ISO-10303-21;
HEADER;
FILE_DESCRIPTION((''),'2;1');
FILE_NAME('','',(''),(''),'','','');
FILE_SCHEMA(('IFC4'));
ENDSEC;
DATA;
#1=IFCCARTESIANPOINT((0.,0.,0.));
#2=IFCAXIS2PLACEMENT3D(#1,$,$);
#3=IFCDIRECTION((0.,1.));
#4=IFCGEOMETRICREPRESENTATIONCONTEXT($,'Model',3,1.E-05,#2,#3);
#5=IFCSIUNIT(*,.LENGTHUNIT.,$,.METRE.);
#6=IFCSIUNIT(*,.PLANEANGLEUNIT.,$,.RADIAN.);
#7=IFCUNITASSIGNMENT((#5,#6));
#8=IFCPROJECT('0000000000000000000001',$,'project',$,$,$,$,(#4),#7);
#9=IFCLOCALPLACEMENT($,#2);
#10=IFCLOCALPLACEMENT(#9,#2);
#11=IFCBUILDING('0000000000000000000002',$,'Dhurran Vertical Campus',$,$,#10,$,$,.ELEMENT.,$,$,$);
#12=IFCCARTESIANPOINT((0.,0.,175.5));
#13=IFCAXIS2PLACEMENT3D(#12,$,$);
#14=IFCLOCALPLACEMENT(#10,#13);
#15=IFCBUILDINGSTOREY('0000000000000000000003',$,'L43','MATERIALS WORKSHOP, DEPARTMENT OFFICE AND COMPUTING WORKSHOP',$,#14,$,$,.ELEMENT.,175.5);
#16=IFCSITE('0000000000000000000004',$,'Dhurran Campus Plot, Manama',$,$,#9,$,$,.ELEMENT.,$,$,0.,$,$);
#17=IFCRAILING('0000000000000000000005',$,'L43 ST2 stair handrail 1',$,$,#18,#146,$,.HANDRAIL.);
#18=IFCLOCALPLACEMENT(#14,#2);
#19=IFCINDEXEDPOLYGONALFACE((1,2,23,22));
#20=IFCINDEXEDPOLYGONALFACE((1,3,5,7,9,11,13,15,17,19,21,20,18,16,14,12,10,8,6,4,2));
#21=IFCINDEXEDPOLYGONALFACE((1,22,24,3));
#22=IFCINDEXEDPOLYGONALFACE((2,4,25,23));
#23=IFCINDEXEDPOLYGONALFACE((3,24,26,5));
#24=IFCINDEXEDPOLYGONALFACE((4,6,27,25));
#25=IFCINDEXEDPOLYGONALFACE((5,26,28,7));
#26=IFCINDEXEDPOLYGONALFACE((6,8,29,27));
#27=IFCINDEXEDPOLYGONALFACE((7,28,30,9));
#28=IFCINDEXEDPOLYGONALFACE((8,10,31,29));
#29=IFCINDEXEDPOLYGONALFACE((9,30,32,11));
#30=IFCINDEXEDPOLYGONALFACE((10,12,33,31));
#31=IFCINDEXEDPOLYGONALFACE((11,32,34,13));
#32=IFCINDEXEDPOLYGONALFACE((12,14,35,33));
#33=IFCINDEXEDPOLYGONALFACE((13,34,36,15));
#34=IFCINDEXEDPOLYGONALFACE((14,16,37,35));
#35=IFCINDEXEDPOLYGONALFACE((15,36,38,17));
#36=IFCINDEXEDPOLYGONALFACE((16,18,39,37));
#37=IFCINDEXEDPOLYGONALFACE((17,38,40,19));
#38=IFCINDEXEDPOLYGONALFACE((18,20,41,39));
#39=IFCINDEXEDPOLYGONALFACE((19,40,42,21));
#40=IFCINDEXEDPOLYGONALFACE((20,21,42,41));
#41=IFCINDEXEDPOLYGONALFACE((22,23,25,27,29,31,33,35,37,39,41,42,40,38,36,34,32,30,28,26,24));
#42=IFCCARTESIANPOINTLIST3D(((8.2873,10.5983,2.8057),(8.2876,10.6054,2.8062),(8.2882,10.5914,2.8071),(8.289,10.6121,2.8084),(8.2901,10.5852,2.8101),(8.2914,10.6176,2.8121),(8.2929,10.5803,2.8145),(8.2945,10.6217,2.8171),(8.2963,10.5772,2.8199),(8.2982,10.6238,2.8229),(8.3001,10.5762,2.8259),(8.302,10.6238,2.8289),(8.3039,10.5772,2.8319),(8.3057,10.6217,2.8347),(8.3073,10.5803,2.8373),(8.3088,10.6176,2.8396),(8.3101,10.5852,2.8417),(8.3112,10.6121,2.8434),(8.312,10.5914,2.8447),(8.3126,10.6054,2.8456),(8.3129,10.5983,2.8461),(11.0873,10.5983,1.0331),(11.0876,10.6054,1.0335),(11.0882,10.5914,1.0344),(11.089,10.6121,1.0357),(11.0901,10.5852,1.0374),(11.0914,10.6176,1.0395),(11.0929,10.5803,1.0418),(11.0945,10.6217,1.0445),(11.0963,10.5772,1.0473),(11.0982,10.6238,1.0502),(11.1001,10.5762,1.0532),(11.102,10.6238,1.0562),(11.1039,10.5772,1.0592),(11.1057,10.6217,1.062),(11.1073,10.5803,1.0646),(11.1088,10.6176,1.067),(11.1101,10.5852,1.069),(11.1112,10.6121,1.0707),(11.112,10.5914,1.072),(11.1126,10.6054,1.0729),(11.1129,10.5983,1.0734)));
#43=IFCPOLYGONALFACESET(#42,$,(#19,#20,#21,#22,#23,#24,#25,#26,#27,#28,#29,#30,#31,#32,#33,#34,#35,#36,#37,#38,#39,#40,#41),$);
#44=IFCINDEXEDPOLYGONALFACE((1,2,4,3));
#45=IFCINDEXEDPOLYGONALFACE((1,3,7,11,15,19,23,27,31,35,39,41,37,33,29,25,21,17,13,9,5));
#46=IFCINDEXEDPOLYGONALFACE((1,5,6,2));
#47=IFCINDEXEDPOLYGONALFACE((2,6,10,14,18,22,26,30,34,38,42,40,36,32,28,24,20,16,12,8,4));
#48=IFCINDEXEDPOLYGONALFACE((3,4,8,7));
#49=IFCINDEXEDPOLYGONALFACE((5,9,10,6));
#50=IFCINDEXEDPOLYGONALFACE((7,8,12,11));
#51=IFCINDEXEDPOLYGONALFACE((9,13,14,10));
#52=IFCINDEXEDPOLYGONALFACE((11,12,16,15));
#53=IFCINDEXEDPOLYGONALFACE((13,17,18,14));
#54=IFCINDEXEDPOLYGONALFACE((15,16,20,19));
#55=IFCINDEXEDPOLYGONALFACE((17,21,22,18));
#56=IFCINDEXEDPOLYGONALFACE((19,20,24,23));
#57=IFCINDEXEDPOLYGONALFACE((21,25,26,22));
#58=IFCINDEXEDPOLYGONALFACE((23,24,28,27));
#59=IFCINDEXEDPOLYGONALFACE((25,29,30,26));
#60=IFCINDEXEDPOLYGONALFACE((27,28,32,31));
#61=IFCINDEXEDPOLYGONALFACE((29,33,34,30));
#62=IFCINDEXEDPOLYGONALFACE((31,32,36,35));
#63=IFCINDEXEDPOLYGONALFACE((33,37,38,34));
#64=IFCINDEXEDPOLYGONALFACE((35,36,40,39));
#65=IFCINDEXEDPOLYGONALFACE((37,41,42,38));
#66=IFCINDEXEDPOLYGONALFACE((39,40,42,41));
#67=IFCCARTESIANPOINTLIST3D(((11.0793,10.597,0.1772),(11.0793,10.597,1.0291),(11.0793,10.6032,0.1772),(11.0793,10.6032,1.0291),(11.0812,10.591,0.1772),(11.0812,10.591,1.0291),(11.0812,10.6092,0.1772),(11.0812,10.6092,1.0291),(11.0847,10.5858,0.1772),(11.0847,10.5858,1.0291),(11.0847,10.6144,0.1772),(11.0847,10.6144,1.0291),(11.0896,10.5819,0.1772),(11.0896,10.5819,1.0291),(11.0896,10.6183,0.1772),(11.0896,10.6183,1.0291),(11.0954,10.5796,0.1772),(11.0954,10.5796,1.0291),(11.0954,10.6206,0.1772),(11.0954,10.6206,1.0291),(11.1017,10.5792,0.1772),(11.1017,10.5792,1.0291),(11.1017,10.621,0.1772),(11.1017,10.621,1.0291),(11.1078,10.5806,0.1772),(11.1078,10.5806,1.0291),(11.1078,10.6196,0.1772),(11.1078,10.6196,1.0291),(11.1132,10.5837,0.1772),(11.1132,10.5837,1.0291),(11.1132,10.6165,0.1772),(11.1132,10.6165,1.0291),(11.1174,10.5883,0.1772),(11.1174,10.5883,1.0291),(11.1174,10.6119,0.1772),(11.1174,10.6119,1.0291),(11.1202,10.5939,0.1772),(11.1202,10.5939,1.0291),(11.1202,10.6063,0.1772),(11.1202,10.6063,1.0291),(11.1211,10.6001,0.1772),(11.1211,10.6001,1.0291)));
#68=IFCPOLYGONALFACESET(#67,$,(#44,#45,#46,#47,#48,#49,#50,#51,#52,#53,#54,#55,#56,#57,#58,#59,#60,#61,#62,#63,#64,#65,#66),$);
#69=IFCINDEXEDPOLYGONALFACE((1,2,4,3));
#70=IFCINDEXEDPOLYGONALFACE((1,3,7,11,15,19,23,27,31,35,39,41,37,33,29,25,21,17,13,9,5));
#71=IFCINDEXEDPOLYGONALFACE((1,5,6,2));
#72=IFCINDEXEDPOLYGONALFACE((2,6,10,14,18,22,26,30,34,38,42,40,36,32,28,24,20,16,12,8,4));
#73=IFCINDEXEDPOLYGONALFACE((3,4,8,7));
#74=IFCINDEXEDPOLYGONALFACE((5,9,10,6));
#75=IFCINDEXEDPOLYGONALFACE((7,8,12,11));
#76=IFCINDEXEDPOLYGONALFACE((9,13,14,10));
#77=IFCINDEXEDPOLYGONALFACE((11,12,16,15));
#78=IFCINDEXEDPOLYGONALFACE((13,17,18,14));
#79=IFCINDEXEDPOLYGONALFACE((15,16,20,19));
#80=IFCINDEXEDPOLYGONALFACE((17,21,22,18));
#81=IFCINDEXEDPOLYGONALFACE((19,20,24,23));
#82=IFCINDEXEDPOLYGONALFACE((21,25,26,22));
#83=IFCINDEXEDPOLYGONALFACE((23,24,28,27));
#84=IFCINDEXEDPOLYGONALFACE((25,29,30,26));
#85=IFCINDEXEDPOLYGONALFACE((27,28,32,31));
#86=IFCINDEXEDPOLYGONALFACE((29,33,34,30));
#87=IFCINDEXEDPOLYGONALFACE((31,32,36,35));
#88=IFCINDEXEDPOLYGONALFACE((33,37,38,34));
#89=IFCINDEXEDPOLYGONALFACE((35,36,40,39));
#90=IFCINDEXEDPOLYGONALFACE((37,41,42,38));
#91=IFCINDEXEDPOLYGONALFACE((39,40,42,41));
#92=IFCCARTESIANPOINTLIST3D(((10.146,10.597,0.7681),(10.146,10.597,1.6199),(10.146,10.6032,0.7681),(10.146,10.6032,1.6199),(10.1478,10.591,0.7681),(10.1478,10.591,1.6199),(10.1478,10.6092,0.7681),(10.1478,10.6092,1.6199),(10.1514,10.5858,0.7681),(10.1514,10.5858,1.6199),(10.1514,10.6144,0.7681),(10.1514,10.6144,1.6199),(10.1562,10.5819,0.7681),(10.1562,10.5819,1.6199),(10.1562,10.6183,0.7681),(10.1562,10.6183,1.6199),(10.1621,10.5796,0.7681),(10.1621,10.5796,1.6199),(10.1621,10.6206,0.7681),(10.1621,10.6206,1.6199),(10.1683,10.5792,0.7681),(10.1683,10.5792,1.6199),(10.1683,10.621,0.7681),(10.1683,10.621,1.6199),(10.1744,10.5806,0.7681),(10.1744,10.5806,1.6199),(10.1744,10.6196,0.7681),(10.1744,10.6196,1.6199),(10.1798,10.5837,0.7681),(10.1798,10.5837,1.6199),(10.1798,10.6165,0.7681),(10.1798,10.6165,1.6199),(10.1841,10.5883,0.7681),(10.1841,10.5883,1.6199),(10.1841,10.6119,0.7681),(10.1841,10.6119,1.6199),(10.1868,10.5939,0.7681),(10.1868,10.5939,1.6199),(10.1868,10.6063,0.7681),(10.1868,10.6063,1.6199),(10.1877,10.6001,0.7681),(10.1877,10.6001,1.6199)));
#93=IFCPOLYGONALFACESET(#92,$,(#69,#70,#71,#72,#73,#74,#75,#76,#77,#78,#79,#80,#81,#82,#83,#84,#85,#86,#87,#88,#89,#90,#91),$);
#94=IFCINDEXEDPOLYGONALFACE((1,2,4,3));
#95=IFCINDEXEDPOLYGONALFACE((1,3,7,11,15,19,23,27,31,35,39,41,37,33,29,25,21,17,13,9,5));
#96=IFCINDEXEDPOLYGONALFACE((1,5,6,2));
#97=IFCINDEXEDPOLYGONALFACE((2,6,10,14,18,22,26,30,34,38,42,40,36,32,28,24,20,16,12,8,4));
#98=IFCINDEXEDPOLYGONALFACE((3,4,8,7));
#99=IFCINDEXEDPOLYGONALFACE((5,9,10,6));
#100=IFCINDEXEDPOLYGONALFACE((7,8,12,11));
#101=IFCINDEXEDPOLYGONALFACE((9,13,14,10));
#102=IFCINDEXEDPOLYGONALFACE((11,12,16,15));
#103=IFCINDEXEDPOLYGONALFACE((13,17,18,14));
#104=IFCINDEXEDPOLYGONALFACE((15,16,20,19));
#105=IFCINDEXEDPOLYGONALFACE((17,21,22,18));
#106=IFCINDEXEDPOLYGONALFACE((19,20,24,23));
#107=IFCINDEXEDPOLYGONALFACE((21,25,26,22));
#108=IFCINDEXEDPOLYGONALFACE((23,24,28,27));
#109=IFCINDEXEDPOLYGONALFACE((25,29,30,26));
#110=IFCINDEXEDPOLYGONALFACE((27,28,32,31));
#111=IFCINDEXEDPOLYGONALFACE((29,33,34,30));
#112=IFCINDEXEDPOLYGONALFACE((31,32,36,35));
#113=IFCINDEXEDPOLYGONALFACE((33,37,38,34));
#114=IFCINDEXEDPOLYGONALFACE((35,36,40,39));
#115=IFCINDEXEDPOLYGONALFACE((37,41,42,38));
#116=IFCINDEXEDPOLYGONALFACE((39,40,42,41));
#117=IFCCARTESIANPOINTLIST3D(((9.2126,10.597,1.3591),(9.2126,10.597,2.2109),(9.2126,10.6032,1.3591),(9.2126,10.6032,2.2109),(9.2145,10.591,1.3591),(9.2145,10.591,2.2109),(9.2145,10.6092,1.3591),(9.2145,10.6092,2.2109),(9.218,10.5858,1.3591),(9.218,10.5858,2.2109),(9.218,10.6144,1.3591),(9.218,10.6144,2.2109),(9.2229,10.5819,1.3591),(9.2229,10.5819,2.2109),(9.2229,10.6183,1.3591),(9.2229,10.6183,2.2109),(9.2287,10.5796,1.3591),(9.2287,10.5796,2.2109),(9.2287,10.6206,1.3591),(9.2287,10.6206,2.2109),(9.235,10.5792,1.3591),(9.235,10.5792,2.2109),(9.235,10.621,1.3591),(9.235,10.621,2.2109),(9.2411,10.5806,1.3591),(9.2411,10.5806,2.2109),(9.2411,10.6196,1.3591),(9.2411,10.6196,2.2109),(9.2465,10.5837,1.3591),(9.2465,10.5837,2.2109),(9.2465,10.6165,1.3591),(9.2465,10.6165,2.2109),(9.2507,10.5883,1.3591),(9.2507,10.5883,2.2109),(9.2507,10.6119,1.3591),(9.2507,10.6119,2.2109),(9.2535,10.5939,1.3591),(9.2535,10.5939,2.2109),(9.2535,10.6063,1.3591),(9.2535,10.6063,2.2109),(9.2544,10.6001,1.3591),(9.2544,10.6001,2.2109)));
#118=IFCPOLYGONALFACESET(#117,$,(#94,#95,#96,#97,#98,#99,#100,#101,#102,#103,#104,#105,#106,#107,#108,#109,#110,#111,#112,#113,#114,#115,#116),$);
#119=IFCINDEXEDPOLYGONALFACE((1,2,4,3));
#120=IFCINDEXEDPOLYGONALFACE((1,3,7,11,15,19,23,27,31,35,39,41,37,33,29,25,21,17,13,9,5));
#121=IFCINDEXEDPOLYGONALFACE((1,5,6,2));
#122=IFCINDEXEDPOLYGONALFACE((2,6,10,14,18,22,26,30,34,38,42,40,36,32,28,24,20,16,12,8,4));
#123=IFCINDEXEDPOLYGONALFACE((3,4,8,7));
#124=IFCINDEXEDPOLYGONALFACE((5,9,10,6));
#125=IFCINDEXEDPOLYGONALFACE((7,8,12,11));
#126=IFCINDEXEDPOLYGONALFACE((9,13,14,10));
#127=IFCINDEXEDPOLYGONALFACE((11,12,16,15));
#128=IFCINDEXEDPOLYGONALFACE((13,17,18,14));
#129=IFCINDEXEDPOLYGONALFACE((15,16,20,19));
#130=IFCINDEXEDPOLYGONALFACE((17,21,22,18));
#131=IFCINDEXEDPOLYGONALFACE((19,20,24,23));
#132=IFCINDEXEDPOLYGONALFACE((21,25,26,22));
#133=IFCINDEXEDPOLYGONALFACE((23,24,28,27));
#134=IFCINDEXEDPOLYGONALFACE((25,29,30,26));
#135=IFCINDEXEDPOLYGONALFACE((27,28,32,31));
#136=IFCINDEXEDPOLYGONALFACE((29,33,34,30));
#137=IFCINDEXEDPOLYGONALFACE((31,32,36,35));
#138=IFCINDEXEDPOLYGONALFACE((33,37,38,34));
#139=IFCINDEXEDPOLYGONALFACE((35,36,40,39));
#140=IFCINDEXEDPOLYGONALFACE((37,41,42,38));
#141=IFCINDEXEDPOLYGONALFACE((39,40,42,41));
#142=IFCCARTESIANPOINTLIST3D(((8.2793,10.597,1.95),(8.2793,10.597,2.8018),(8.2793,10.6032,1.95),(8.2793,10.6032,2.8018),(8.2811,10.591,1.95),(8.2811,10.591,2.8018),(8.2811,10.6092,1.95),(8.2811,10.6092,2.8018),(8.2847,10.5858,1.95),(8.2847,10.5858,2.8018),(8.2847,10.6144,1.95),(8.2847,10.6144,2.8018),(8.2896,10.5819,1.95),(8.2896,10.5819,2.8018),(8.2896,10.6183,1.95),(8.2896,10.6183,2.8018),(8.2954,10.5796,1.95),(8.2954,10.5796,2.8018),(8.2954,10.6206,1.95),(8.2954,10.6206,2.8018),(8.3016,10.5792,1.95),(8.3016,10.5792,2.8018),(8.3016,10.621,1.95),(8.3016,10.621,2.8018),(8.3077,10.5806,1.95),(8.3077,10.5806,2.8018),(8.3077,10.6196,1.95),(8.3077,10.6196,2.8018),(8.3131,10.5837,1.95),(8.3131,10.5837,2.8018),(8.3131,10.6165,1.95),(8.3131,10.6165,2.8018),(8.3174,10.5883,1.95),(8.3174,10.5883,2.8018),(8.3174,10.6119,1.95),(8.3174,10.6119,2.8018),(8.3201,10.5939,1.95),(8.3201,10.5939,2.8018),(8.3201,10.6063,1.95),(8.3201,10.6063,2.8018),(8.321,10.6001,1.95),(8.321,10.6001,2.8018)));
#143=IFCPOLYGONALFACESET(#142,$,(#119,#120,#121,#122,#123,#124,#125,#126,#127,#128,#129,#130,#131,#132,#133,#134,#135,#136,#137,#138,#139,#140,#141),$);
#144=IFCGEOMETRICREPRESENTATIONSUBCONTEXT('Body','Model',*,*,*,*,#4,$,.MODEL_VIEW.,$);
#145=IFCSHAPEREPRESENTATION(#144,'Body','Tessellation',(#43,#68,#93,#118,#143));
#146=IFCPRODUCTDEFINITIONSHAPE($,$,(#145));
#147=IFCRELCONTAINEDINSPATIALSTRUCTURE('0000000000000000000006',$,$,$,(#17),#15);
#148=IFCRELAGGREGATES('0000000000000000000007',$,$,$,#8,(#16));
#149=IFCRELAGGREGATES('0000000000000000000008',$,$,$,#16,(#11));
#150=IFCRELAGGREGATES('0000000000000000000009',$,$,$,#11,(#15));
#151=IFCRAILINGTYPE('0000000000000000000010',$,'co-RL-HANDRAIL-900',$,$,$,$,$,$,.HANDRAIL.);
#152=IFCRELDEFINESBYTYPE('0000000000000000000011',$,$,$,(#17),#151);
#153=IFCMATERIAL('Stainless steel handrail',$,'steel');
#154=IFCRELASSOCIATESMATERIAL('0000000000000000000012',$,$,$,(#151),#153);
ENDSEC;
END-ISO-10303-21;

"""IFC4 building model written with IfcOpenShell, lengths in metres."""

from ifc_helpers import new_model, si_unit, direction, frame, origin, origin_2d, place, context, subcontext, project, spatial, circle, extrude, material, type_object, element, save


model = new_model("IFC4")

# Units and contexts
model_context = context("Model", 3, precision=1e-05, world=origin(), true_north=direction((0.0, 1.0)))
body_context = subcontext(model_context, "Body", "Model", "MODEL_VIEW")
ifc_project = project(units=[si_unit("LENGTHUNIT", "METRE"), si_unit("PLANEANGLEUNIT", "RADIAN")], contexts=[model_context])

# Site, building, storey
site_placement = place(None, origin())
site = spatial("IfcSite", under=ifc_project, at=site_placement, Name="Dhurran Campus Plot, Manama", CompositionType="ELEMENT", RefElevation=0.0)
building_placement = place(site_placement, origin())
building = spatial("IfcBuilding", under=site, at=building_placement, Name="Dhurran Vertical Campus", CompositionType="ELEMENT")
storey_placement = place(building_placement, frame((0.0, 0.0, 175.5)))
storey = spatial("IfcBuildingStorey", under=building, at=storey_placement, Name="L43", Description="MATERIALS WORKSHOP, DEPARTMENT OFFICE AND COMPUTING WORKSHOP", CompositionType="ELEMENT", Elevation=175.5)

# Railing
ifc_material_1 = material(Name="Stainless steel handrail", Category="steel")
railing_type_1 = type_object("IfcRailingType", Name="co-RL-HANDRAIL-900", PredefinedType="HANDRAIL", material=ifc_material_1)
railing_1_placement = place(storey_placement, frame((11.1001, 10.6001, 0.1772)))
element("IfcRailing", 1, at=railing_1_placement, inside=storey, type_object=railing_type_1, Name="L43 ST2 stair handrail 1", PredefinedType="HANDRAIL", context=body_context, shape_type="SweptSolid", body=[
    extrude(circle(Radius=0.0239, at=origin_2d()), frame((0.0, 0.0, 0.876), z_axis=(-0.844909, 0.0, 0.53491), x_axis=(0.0, -1.0, 0.0)), (0.0, 0.0, 1.0), 3.314),
    extrude(circle(Radius=0.021, at=origin_2d()), origin(), (0.0, 0.0, 1.0), 0.8518),
    extrude(circle(Radius=0.021, at=origin_2d()), frame((-0.9333, 0.0, 0.5908)), (0.0, 0.0, 1.0), 0.8518),
    extrude(circle(Radius=0.021, at=origin_2d()), frame((-1.8667, 0.0, 1.1819)), (0.0, 0.0, 1.0), 0.8518),
    extrude(circle(Radius=0.021, at=origin_2d()), frame((-2.8, 0.0, 1.7727)), (0.0, 0.0, 1.0), 0.8518),
])

save(model, "model.ifc")
